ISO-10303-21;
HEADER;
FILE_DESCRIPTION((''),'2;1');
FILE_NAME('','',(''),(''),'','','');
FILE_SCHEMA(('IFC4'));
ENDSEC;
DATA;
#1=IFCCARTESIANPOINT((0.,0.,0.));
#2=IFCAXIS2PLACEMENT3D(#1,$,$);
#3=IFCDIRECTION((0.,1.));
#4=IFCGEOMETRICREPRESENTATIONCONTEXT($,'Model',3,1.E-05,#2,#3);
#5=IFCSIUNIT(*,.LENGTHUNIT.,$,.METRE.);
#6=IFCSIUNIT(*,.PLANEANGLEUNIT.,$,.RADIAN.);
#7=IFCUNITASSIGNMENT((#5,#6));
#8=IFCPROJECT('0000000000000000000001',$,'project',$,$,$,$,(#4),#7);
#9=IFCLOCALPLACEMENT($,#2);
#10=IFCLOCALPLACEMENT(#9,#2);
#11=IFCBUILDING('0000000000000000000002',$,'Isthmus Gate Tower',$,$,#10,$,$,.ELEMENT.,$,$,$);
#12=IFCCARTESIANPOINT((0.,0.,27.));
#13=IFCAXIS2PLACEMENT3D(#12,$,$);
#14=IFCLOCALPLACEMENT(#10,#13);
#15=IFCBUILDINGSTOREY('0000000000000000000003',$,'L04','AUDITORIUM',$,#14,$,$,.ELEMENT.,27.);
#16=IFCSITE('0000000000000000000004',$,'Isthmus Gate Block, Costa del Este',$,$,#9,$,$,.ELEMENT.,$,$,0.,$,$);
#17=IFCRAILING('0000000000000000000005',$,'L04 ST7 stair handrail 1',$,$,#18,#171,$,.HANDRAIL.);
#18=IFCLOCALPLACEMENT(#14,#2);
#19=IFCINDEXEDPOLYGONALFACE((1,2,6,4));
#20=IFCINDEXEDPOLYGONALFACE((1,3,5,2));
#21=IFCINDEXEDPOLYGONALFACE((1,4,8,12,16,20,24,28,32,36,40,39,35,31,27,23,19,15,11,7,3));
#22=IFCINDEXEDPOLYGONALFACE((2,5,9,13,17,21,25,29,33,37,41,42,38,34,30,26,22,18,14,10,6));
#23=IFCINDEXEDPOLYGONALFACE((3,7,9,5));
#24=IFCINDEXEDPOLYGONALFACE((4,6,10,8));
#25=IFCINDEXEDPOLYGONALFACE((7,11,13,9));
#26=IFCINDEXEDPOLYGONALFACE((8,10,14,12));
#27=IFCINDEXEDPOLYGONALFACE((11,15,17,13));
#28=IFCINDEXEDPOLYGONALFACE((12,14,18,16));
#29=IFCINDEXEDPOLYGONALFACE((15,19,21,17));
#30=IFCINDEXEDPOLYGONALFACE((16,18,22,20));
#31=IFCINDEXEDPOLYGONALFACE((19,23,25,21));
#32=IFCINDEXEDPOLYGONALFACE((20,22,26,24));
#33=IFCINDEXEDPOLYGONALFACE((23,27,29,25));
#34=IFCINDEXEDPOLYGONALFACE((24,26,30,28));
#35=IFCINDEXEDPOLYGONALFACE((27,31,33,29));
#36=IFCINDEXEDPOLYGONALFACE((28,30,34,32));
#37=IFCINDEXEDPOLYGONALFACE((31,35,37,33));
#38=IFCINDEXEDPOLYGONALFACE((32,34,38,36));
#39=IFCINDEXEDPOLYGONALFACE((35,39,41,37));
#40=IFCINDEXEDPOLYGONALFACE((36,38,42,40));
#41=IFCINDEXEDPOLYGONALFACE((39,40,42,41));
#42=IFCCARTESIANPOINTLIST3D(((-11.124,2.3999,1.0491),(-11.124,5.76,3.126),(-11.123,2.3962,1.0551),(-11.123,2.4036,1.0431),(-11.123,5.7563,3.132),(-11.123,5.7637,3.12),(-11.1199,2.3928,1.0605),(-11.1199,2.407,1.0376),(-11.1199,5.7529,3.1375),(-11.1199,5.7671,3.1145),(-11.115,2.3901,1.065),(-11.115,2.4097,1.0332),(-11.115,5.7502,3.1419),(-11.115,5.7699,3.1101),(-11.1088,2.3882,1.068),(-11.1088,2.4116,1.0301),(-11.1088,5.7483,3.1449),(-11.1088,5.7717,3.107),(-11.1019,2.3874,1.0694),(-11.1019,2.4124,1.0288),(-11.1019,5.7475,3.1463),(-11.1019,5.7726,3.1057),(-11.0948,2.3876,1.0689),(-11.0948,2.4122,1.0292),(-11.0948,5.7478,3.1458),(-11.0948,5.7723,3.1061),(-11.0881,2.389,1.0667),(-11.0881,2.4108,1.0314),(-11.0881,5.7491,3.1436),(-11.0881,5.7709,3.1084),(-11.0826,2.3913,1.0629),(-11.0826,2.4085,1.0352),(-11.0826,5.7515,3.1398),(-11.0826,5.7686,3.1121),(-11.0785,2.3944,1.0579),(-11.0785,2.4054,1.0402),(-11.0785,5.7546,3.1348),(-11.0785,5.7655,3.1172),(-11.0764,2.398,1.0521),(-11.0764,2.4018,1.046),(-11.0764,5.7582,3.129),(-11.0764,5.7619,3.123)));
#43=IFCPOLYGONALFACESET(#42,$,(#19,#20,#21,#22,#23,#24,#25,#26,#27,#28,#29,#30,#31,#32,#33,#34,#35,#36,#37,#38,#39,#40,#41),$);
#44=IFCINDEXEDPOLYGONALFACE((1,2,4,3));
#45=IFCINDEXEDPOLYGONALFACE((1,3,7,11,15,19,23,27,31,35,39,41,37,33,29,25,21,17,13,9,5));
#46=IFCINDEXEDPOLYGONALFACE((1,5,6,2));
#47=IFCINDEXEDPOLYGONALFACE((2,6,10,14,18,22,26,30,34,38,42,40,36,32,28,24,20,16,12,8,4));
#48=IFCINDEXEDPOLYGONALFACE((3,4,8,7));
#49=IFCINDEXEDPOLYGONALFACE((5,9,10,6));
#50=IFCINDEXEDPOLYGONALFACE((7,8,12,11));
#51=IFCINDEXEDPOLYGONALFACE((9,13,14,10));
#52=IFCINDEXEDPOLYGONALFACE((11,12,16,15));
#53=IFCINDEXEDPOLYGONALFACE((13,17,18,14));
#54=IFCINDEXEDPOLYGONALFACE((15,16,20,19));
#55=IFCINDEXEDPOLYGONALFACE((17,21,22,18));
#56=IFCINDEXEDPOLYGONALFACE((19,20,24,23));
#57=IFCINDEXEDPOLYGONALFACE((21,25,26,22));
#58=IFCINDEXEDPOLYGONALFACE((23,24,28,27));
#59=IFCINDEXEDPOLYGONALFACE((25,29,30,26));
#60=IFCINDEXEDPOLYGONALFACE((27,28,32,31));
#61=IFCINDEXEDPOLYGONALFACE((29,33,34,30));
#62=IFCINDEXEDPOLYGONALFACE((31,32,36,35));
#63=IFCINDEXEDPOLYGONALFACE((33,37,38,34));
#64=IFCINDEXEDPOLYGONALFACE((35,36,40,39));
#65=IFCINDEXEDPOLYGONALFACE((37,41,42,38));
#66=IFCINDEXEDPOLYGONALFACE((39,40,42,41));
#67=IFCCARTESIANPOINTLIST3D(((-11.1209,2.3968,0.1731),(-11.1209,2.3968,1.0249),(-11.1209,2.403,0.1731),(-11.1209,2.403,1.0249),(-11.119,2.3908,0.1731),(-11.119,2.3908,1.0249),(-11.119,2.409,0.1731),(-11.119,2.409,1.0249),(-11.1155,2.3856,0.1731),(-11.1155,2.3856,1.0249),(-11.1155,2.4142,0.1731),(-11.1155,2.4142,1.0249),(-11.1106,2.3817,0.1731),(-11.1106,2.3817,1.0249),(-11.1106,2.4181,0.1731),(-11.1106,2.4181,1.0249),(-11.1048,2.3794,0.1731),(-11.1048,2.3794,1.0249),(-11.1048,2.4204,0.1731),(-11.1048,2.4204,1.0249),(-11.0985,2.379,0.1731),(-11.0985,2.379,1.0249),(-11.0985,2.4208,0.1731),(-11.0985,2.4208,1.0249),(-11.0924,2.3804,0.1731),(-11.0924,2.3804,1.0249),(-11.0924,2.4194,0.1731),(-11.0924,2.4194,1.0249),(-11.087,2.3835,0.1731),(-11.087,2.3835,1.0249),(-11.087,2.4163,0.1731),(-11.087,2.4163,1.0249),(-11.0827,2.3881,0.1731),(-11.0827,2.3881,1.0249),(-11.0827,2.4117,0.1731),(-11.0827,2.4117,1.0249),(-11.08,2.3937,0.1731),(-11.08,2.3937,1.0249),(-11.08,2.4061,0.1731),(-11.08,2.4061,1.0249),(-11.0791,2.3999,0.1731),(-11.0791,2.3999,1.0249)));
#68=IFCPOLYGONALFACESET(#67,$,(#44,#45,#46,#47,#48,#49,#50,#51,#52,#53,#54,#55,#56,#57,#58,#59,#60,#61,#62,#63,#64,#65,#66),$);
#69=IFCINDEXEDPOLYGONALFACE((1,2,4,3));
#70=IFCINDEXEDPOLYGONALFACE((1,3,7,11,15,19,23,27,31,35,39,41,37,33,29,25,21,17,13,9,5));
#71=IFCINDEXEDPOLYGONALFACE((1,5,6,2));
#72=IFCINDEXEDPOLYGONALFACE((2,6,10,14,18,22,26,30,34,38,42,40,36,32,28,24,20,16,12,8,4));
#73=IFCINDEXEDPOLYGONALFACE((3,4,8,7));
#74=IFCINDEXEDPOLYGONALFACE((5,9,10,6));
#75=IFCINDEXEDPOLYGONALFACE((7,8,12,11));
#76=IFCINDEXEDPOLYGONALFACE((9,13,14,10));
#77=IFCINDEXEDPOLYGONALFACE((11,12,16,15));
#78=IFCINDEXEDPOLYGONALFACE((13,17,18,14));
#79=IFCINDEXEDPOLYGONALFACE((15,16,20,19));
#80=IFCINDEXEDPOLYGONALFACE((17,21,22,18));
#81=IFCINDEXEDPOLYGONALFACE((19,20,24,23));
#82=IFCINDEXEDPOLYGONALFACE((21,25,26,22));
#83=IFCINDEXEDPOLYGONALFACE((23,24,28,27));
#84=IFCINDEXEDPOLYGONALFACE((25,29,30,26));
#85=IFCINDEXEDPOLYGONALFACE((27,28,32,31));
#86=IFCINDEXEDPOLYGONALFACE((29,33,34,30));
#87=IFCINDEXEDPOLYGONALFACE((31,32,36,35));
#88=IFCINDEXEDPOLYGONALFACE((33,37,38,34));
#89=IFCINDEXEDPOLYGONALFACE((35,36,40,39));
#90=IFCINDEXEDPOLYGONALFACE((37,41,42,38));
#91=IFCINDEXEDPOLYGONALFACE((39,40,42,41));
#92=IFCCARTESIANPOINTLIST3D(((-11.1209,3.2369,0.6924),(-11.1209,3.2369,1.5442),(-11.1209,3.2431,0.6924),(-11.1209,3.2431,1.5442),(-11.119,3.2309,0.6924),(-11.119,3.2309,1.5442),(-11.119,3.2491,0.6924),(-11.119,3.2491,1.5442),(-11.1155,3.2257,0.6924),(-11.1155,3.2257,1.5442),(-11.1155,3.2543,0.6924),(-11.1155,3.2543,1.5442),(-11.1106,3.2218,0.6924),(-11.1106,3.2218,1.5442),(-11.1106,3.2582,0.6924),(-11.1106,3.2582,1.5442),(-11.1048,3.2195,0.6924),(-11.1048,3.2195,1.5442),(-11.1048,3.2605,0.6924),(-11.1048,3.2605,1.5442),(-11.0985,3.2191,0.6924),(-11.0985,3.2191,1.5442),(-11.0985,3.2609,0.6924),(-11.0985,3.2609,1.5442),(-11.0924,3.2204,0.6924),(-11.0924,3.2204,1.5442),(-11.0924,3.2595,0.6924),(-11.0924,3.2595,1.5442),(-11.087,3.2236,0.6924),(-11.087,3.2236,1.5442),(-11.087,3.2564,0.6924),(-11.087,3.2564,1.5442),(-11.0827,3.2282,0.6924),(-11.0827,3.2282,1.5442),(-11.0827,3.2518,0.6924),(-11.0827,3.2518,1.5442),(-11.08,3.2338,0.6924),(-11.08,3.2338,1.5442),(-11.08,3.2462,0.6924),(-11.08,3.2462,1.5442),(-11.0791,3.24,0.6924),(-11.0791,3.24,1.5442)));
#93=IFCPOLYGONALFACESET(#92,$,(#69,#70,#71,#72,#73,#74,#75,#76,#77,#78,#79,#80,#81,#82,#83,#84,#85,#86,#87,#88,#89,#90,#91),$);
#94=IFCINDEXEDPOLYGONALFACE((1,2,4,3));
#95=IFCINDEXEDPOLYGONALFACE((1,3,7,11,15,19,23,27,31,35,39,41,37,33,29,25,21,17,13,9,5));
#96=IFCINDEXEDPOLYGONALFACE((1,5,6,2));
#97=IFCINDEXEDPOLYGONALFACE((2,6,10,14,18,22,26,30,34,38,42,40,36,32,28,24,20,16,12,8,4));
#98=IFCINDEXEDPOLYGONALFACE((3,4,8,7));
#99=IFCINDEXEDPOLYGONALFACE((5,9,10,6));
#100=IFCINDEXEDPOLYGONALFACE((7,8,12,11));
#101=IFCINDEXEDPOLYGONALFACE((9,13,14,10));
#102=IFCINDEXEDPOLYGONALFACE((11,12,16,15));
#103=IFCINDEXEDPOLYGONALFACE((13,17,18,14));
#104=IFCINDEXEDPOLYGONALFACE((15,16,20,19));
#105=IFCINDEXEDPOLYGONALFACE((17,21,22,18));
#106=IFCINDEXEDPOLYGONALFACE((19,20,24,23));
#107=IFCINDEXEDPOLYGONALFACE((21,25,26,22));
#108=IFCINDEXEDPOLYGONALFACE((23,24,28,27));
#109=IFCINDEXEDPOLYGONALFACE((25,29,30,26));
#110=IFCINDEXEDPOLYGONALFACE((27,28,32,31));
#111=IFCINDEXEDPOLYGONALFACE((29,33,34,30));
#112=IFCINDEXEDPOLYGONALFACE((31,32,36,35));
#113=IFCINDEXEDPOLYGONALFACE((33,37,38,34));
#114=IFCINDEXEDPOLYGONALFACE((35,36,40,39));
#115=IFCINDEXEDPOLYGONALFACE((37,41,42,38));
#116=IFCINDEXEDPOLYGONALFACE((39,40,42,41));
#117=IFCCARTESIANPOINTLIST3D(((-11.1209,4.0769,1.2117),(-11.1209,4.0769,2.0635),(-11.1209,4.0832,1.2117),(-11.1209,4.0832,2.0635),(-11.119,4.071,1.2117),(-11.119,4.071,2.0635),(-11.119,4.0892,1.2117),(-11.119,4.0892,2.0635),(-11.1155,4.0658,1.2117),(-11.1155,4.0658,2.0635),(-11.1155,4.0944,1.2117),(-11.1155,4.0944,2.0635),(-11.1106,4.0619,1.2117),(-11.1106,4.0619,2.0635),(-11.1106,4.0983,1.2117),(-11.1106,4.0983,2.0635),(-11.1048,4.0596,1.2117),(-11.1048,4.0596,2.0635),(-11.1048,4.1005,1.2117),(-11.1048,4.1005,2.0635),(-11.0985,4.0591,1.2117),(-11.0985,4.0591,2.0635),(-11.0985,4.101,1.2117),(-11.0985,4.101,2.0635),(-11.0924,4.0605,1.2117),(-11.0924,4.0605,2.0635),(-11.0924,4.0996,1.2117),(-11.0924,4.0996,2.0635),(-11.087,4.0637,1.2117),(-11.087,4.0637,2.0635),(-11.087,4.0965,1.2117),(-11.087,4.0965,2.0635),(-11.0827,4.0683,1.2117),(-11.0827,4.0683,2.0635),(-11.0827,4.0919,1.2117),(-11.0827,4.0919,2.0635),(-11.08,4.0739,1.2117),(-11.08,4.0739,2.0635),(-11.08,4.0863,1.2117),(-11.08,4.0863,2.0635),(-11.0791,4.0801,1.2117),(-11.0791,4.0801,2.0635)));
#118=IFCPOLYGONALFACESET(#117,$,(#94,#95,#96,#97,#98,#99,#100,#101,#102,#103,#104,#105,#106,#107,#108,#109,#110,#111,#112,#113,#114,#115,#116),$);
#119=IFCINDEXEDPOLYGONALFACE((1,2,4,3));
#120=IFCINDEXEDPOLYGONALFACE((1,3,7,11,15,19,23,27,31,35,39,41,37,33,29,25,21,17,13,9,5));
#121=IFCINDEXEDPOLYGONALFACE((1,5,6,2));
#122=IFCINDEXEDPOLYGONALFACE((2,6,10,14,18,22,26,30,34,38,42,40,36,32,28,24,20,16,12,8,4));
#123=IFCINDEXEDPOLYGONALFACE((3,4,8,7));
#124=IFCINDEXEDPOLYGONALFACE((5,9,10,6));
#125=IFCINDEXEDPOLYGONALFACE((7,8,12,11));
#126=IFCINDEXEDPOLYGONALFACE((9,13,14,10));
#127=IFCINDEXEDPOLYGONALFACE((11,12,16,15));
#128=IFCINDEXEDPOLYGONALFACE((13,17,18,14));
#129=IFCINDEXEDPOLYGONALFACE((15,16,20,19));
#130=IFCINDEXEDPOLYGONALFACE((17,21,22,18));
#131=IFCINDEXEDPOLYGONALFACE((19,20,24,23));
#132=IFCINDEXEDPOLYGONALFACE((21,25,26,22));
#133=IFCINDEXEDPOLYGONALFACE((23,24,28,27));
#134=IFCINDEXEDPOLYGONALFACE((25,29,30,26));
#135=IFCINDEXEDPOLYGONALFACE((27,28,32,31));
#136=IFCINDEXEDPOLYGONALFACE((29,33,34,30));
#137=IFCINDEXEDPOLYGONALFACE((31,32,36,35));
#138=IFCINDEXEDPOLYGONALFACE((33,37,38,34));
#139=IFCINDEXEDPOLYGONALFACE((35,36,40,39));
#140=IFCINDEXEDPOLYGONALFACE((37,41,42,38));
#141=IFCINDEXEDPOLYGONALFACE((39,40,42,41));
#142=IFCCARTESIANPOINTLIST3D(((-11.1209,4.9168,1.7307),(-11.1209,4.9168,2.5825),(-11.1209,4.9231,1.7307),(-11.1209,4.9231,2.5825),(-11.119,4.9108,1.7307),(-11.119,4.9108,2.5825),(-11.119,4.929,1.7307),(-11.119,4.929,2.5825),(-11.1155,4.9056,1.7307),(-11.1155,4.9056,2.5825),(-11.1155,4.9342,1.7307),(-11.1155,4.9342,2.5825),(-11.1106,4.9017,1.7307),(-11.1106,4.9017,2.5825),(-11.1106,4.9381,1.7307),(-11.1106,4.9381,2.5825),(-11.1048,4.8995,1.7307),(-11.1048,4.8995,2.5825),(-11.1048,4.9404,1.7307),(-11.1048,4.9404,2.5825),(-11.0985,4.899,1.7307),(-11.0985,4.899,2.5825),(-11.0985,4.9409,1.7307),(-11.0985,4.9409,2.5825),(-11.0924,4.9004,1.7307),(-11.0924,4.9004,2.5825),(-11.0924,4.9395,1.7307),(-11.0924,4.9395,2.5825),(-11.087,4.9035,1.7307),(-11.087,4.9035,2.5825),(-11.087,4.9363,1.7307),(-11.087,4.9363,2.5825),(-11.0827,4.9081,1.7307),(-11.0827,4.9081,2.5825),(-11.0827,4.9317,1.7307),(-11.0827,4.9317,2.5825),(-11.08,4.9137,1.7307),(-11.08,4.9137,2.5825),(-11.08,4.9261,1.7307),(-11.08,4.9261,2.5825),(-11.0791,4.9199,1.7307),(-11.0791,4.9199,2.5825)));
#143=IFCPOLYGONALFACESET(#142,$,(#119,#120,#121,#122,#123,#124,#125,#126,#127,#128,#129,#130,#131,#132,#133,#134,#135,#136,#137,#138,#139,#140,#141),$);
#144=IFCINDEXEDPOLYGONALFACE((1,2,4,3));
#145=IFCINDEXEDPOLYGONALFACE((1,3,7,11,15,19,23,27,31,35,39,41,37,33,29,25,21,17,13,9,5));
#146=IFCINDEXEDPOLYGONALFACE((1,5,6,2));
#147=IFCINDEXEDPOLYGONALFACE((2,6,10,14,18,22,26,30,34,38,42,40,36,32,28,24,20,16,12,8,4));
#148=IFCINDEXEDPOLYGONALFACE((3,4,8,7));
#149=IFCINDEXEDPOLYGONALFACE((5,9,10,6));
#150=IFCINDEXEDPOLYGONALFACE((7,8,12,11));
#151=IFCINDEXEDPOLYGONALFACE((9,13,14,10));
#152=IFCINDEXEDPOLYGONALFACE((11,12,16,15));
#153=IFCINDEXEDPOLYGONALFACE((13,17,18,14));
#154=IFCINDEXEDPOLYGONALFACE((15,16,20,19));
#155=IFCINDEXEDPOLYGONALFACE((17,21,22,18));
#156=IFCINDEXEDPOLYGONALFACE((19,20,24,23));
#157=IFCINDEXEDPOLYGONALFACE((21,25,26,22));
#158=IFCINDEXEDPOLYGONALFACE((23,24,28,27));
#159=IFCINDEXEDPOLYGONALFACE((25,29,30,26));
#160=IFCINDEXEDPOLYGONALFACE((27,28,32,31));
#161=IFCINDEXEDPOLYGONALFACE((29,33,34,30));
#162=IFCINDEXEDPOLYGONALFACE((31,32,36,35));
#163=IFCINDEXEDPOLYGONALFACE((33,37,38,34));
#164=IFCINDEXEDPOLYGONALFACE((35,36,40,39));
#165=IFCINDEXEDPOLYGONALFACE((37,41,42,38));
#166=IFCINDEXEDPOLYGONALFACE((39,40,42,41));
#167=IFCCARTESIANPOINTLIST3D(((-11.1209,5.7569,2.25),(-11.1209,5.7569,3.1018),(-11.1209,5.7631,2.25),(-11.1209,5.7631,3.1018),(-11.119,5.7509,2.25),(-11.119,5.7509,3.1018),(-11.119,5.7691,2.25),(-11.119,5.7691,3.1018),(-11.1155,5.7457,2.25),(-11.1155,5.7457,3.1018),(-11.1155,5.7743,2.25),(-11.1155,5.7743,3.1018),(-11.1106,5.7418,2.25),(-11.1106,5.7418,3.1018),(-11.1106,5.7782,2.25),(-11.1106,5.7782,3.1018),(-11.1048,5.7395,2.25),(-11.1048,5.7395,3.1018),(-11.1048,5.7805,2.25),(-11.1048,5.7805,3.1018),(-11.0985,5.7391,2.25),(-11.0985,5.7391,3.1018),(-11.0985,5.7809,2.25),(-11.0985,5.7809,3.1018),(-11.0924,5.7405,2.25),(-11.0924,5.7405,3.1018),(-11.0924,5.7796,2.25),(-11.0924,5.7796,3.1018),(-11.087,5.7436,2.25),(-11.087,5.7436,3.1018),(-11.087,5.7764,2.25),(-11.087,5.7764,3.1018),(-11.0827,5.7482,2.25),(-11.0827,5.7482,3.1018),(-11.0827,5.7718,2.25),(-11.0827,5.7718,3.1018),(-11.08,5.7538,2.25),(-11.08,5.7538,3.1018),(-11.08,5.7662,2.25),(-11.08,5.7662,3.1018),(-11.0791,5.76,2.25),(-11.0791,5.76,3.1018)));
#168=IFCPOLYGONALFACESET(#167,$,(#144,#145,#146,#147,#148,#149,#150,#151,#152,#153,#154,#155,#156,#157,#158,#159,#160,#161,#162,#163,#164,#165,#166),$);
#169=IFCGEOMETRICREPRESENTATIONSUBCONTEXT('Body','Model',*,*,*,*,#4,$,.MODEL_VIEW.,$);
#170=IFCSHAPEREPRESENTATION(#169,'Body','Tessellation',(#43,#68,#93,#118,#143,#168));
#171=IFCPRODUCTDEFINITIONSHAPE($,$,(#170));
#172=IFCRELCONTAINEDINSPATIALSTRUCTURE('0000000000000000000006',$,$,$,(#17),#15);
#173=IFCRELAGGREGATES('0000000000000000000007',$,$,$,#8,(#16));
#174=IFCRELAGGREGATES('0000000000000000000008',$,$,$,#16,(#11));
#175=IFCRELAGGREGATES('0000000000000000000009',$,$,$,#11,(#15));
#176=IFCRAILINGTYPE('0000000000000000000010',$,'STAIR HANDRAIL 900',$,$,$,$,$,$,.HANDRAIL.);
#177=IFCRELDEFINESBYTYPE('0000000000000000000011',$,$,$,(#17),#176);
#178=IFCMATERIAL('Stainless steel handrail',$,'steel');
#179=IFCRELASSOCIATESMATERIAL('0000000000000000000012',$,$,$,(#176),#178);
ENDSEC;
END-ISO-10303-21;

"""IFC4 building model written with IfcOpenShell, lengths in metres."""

from ifc_helpers import new_model, si_unit, direction, frame, origin, origin_2d, place, context, subcontext, project, spatial, circle, extrude, material, type_object, element, save


model = new_model("IFC4")

# Units and contexts
model_context = context("Model", 3, precision=1e-05, world=origin(), true_north=direction((0.0, 1.0)))
body_context = subcontext(model_context, "Body", "Model", "MODEL_VIEW")
ifc_project = project(units=[si_unit("LENGTHUNIT", "METRE"), si_unit("PLANEANGLEUNIT", "RADIAN")], contexts=[model_context])

# Site, building, storey
site_placement = place(None, origin())
site = spatial("IfcSite", under=ifc_project, at=site_placement, Name="Isthmus Gate Block, Costa del Este", CompositionType="ELEMENT", RefElevation=0.0)
building_placement = place(site_placement, origin())
building = spatial("IfcBuilding", under=site, at=building_placement, Name="Isthmus Gate Tower", CompositionType="ELEMENT")
storey_placement = place(building_placement, frame((0.0, 0.0, 27.0)))
storey = spatial("IfcBuildingStorey", under=building, at=storey_placement, Name="L04", Description="AUDITORIUM", CompositionType="ELEMENT", Elevation=27.0)

# Railing
ifc_material_1 = material(Name="Stainless steel handrail", Category="steel")
railing_type_1 = type_object("IfcRailingType", Name="STAIR HANDRAIL 900", PredefinedType="HANDRAIL", material=ifc_material_1)
for number, where, name in (
    (1, (-11.1001, 2.3999, 0.1731), "L04 ST7 stair handrail 1"),
):
    element("IfcRailing", number, at=place(storey_placement, frame(where)), inside=storey, type_object=railing_type_1, Name=name, PredefinedType="HANDRAIL", context=body_context, shape_type="SweptSolid", body=[
        extrude(circle(Radius=0.0239, at=origin_2d()), frame((0.0, 0.0, 0.876), z_axis=(0.0, 0.850623, 0.525776), x_axis=(-1.0, 0.0, 0.0)), (0.0, 0.0, 1.0), 3.9502),
        extrude(circle(Radius=0.021, at=origin_2d()), origin(), (0.0, 0.0, 1.0), 0.8518),
        extrude(circle(Radius=0.021, at=origin_2d()), frame((0.0, 0.8401, 0.5193)), (0.0, 0.0, 1.0), 0.8518),
        extrude(circle(Radius=0.021, at=origin_2d()), frame((0.0, 1.6802, 1.0386)), (0.0, 0.0, 1.0), 0.8518),
        extrude(circle(Radius=0.021, at=origin_2d()), frame((0.0, 2.52, 1.5576)), (0.0, 0.0, 1.0), 0.8518),
        extrude(circle(Radius=0.021, at=origin_2d()), frame((0.0, 3.3601, 2.0769)), (0.0, 0.0, 1.0), 0.8518),
    ])

save(model, "model.ifc")
